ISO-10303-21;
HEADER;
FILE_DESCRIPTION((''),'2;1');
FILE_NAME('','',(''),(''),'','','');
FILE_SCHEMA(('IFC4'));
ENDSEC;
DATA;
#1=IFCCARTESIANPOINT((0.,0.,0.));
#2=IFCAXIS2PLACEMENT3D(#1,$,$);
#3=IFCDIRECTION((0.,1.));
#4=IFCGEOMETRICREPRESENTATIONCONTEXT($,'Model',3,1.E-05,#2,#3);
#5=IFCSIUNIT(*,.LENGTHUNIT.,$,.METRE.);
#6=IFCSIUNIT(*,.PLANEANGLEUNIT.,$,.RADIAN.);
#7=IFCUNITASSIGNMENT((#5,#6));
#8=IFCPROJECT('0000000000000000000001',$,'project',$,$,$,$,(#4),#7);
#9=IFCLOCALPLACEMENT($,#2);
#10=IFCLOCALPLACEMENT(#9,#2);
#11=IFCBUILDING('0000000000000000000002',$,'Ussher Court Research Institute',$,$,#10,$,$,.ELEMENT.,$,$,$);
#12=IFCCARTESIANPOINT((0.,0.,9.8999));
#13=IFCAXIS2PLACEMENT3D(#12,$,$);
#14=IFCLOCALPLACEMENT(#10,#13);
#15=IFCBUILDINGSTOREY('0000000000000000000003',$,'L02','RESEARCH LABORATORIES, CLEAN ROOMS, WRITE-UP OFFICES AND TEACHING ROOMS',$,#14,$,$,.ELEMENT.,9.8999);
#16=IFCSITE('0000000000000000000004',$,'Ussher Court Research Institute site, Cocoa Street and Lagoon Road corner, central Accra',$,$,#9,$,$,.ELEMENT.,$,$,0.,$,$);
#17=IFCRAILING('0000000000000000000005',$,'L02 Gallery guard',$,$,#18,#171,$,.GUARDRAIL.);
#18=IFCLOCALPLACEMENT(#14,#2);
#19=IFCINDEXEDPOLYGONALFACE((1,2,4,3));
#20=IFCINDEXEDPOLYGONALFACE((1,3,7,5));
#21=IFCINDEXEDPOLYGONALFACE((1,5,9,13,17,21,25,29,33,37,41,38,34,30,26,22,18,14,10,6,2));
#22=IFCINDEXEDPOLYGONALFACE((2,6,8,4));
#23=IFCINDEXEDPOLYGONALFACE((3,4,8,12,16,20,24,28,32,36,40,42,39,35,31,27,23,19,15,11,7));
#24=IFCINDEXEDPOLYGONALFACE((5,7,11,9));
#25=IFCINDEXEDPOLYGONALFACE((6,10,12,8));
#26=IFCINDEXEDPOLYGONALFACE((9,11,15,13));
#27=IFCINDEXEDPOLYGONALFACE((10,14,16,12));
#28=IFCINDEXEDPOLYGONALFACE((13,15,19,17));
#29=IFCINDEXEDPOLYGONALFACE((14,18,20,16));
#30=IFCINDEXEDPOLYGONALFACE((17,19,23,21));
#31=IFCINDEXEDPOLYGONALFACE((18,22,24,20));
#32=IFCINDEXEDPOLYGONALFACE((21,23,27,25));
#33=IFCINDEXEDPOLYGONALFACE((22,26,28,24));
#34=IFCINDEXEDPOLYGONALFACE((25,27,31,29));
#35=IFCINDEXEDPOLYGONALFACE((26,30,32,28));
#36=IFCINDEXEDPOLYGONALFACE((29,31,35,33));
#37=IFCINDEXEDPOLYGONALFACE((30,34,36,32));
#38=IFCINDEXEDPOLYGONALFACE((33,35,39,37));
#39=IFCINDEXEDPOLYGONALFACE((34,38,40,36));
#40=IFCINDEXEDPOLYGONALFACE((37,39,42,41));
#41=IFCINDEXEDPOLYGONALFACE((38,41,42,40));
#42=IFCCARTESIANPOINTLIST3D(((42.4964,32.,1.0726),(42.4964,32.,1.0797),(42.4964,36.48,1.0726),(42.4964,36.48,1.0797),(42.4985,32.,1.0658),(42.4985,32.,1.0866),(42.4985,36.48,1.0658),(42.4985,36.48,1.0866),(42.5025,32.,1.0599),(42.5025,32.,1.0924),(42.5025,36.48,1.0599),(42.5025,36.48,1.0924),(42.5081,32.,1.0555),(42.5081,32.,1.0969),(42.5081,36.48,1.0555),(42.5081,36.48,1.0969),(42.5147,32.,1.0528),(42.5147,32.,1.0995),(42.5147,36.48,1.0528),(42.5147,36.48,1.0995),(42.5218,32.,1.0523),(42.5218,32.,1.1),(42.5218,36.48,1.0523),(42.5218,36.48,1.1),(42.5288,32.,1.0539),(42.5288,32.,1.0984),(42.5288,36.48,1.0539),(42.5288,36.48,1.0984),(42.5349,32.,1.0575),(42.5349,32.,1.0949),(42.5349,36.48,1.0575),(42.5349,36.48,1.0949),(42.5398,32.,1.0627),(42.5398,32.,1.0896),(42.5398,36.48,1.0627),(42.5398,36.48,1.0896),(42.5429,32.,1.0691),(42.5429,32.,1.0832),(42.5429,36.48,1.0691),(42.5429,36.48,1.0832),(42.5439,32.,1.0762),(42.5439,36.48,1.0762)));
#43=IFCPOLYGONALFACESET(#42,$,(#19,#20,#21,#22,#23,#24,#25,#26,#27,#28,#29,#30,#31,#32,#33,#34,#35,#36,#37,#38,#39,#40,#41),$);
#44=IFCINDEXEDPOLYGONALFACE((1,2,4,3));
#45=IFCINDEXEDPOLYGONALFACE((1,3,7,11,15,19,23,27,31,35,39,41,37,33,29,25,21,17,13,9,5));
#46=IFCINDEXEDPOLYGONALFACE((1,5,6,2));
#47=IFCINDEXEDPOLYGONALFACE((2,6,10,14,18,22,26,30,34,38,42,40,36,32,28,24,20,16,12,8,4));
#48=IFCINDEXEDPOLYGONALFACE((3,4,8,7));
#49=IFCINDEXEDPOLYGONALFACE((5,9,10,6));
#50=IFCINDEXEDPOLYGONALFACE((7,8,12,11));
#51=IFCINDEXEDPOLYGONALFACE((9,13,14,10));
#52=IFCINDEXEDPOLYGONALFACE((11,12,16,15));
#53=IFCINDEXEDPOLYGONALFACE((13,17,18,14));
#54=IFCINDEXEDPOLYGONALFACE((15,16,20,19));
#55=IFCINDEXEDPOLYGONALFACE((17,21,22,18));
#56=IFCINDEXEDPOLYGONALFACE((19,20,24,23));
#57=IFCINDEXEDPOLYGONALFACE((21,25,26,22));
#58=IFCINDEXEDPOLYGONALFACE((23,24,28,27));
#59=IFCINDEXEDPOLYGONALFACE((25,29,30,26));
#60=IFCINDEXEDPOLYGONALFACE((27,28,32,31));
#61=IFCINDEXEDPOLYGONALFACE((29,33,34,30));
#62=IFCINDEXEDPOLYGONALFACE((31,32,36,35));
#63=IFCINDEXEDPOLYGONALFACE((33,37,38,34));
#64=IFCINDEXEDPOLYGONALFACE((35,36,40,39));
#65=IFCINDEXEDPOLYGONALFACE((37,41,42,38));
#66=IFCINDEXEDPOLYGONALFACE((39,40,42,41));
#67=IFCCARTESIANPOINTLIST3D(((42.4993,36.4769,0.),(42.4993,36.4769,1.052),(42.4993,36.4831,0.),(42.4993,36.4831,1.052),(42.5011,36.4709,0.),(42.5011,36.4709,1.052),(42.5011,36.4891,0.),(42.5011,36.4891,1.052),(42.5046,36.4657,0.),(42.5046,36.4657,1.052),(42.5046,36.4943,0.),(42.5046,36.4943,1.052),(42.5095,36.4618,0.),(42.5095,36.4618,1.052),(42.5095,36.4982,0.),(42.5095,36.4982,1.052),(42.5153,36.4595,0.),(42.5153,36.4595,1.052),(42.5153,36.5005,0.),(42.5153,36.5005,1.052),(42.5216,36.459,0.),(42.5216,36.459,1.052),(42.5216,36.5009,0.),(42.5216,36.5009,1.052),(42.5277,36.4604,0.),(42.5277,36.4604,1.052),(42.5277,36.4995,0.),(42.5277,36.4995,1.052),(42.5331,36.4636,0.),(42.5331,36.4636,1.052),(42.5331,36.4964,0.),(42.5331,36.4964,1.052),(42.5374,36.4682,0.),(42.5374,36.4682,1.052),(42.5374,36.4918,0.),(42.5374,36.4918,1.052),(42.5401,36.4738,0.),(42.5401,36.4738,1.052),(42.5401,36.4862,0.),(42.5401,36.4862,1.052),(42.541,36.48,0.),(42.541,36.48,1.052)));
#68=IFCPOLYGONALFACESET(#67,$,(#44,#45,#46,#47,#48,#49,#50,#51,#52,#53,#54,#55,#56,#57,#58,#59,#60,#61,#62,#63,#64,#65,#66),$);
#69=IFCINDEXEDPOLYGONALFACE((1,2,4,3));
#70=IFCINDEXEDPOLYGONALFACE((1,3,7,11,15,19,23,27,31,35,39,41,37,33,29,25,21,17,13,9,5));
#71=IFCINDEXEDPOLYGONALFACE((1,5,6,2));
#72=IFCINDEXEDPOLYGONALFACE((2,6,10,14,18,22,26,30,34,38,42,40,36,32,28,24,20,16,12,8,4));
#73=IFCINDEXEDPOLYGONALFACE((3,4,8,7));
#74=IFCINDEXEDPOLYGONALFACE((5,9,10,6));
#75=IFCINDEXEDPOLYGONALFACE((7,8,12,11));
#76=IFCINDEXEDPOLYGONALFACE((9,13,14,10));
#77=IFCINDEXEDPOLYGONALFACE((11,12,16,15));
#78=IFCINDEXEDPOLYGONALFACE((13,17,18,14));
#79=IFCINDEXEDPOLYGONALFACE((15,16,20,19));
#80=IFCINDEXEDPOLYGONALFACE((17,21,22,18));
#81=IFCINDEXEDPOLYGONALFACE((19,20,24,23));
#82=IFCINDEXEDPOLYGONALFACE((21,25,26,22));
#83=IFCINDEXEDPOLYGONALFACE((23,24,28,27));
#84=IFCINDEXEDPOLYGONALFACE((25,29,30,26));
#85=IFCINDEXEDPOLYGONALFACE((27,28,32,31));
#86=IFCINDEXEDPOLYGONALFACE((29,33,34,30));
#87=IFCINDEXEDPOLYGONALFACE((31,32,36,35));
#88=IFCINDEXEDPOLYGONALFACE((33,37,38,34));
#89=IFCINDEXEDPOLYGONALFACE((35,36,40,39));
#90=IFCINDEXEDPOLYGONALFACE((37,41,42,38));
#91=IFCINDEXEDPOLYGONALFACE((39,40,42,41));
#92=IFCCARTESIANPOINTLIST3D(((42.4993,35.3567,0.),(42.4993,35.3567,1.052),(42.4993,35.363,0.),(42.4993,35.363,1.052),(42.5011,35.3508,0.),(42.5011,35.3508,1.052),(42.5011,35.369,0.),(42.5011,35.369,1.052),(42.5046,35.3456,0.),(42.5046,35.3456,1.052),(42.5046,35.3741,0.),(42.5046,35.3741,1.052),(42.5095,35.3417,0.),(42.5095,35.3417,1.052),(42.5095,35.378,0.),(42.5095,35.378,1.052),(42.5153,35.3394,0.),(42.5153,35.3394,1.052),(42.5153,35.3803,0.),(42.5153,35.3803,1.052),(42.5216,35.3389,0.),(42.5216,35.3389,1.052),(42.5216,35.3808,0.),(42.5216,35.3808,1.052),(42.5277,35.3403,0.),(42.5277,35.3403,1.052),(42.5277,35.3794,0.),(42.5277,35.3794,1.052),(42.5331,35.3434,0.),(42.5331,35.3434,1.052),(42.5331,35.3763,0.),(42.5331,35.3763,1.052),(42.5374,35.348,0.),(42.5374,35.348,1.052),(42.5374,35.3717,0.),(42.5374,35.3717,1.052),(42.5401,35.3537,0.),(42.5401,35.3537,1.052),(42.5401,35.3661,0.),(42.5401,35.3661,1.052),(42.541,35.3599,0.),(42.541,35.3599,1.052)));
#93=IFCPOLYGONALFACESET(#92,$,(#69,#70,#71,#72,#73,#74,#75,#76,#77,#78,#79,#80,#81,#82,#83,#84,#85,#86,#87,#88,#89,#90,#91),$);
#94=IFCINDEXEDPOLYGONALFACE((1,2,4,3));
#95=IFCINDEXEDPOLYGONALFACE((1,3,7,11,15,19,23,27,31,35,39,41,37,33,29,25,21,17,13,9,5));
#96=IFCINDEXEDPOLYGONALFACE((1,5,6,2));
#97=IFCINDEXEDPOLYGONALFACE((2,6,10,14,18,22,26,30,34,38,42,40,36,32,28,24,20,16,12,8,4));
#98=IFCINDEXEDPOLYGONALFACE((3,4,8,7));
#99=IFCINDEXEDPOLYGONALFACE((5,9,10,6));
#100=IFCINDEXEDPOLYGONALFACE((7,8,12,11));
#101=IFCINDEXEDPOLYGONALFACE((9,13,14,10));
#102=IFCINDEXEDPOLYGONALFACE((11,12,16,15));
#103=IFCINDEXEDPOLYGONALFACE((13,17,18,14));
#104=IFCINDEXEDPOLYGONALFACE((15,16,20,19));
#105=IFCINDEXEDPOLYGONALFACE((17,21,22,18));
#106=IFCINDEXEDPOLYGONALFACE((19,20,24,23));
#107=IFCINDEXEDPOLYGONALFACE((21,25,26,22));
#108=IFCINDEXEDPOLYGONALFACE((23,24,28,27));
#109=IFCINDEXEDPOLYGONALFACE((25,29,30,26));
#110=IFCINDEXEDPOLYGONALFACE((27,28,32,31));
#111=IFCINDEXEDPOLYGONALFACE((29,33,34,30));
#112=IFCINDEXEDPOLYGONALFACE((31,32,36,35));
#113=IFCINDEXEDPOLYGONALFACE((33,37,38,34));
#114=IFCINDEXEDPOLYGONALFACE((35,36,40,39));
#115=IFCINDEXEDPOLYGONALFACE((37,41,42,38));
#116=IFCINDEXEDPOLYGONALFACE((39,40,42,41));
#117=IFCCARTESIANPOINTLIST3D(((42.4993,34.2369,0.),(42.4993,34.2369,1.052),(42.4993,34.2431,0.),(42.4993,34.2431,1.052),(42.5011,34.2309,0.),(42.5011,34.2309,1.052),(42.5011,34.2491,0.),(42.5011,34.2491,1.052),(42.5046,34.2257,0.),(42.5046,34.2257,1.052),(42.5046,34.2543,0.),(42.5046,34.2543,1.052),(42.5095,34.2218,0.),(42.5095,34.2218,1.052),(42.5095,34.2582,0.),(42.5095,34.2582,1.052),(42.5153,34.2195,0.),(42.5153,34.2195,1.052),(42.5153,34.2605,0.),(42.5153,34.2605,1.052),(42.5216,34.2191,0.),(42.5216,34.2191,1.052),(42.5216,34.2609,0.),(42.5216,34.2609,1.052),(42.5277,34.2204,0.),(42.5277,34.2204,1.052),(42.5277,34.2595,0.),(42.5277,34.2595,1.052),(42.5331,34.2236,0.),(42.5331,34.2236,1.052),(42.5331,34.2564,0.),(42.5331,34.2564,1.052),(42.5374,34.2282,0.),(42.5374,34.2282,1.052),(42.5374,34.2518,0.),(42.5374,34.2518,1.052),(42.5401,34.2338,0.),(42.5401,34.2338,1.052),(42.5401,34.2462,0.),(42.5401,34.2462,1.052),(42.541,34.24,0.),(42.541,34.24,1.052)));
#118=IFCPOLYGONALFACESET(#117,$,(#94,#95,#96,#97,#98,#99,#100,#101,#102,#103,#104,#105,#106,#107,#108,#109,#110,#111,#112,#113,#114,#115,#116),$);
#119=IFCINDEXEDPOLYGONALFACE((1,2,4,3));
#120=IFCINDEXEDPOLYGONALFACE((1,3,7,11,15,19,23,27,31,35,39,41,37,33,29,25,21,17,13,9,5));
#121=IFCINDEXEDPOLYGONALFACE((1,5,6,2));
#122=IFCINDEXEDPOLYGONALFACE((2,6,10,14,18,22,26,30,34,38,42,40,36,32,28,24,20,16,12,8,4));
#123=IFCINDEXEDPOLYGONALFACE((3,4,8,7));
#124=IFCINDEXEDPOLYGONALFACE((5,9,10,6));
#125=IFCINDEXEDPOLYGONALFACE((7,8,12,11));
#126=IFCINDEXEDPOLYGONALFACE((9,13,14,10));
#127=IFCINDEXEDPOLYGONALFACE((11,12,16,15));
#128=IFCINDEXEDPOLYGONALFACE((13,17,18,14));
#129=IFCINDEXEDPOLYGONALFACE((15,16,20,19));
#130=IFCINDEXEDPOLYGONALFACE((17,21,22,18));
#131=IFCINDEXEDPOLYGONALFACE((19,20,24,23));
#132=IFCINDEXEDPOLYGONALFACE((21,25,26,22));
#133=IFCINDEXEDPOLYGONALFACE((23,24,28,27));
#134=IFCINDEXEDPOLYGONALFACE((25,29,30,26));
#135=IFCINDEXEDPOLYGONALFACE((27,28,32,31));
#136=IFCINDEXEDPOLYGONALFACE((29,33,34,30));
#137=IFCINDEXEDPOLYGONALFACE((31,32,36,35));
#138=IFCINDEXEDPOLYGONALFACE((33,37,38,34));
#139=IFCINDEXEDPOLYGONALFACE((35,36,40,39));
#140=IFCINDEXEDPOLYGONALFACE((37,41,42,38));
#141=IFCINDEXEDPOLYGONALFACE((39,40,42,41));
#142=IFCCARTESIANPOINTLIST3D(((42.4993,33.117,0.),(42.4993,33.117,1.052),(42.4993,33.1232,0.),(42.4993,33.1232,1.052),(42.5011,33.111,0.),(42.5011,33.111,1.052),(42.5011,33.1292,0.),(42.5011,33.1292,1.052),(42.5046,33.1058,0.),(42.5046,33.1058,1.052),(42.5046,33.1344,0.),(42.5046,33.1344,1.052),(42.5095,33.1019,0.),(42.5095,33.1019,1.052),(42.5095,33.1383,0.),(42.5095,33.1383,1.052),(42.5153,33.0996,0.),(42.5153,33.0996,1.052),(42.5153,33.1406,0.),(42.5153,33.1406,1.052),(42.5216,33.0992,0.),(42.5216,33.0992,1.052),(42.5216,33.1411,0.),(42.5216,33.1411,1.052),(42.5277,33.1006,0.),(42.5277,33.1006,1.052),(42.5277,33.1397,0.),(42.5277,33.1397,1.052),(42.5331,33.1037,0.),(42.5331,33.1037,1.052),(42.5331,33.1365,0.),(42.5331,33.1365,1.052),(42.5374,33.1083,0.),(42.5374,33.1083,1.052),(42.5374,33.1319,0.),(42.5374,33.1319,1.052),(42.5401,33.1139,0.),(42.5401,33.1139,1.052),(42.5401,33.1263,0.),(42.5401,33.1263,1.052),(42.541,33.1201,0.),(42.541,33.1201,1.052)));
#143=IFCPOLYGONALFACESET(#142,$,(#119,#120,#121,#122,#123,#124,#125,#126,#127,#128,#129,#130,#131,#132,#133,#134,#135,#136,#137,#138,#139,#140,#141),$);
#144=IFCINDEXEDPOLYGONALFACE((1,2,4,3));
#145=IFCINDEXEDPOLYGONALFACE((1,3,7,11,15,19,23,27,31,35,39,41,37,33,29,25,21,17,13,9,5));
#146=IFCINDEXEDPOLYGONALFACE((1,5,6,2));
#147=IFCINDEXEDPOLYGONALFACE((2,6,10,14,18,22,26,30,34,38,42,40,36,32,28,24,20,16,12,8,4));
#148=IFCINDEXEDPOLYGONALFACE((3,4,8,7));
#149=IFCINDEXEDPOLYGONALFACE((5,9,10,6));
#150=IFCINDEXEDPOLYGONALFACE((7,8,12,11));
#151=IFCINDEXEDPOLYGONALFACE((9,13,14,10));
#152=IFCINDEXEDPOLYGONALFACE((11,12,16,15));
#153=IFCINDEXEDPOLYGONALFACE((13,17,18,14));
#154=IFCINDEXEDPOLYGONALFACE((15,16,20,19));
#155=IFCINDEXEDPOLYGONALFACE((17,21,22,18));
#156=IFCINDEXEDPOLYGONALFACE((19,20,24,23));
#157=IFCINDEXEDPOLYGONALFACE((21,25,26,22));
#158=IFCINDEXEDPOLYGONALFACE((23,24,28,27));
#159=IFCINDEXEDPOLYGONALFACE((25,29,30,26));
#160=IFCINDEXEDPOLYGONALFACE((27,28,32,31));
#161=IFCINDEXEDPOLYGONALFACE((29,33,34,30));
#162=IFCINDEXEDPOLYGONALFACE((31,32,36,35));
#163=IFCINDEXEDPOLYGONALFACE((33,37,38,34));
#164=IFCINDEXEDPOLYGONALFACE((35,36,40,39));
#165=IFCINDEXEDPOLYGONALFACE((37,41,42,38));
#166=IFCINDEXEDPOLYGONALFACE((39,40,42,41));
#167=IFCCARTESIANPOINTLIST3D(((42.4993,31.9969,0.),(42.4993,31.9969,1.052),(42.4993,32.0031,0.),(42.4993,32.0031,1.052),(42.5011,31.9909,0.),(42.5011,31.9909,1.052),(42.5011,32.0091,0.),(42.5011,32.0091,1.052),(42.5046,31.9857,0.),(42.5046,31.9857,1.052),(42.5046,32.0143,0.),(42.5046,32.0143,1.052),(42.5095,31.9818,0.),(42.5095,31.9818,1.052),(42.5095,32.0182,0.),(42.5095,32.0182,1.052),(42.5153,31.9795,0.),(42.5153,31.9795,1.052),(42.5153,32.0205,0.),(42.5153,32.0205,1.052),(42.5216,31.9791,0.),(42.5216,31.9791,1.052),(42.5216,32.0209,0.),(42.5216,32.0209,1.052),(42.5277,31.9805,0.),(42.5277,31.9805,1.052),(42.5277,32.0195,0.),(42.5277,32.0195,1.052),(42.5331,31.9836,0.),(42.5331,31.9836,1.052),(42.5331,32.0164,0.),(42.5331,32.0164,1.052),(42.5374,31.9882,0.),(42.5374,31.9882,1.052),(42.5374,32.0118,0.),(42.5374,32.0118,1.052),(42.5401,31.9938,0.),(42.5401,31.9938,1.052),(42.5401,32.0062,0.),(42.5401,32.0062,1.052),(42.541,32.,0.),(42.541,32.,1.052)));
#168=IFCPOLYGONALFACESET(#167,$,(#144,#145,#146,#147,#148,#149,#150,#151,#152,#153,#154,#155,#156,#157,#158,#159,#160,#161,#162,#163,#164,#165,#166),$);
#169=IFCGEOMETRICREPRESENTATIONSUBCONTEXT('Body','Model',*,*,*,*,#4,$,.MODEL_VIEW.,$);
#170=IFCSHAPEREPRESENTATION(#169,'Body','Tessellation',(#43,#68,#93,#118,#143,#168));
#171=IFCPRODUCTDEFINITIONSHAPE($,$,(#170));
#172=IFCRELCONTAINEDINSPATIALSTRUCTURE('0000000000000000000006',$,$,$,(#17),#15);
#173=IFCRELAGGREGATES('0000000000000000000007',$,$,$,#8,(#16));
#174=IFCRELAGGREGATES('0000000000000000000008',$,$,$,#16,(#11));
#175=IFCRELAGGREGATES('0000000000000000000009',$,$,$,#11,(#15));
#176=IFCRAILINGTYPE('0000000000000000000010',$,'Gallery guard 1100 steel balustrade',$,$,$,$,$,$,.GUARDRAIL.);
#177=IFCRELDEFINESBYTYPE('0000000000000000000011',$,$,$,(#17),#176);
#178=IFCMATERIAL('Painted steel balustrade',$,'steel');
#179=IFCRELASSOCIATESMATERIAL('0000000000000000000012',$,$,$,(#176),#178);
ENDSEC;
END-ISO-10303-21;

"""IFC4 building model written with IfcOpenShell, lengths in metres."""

from ifc_helpers import new_model, si_unit, direction, frame, origin, origin_2d, place, context, subcontext, project, spatial, circle, extrude, material, type_object, element, save


model = new_model("IFC4")

# Units and contexts
model_context = context("Model", 3, precision=1e-05, world=origin(), true_north=direction((0.0, 1.0)))
body_context = subcontext(model_context, "Body", "Model", "MODEL_VIEW")
ifc_project = project(units=[si_unit("LENGTHUNIT", "METRE"), si_unit("PLANEANGLEUNIT", "RADIAN")], contexts=[model_context])

# Site, building, storey
site_placement = place(None, origin())
site = spatial("IfcSite", under=ifc_project, at=site_placement, Name="Ussher Court Research Institute site, Cocoa Street and Lagoon Road corner, central Accra", CompositionType="ELEMENT", RefElevation=0.0)
building_placement = place(site_placement, origin())
building = spatial("IfcBuilding", under=site, at=building_placement, Name="Ussher Court Research Institute", CompositionType="ELEMENT")
storey_placement = place(building_placement, frame((0.0, 0.0, 9.8999)))
storey = spatial("IfcBuildingStorey", under=building, at=storey_placement, Name="L02", Description="RESEARCH LABORATORIES, CLEAN ROOMS, WRITE-UP OFFICES AND TEACHING ROOMS", CompositionType="ELEMENT", Elevation=9.8999)

# Railing
ifc_material_1 = material(Name="Painted steel balustrade", Category="steel")
railing_type = type_object("IfcRailingType", Name="Gallery guard 1100 steel balustrade", PredefinedType="GUARDRAIL", material=ifc_material_1)
railing_placement = place(storey_placement, frame((42.52, 36.48, 0.0)))
element("IfcRailing", 1, at=railing_placement, inside=storey, type_object=railing_type, Name="L02 Gallery guard", PredefinedType="GUARDRAIL", context=body_context, shape_type="SweptSolid", body=[
    extrude(circle(Radius=0.0239, at=origin_2d()), frame((0.0, 0.0, 1.0762), z_axis=(0.0, -1.0, 0.0), x_axis=(1.0, 0.0, 0.0)), (0.0, 0.0, 1.0), 4.48),
    extrude(circle(Radius=0.021, at=origin_2d()), origin(), (0.0, 0.0, 1.0), 1.052),
    extrude(circle(Radius=0.021, at=origin_2d()), frame((0.0, -1.1201, 0.0)), (0.0, 0.0, 1.0), 1.052),
    extrude(circle(Radius=0.021, at=origin_2d()), frame((0.0, -2.24, 0.0)), (0.0, 0.0, 1.0), 1.052),
    extrude(circle(Radius=0.021, at=origin_2d()), frame((0.0, -3.3599, 0.0)), (0.0, 0.0, 1.0), 1.052),
    extrude(circle(Radius=0.021, at=origin_2d()), frame((0.0, -4.48, 0.0)), (0.0, 0.0, 1.0), 1.052),
])

save(model, "model.ifc")
